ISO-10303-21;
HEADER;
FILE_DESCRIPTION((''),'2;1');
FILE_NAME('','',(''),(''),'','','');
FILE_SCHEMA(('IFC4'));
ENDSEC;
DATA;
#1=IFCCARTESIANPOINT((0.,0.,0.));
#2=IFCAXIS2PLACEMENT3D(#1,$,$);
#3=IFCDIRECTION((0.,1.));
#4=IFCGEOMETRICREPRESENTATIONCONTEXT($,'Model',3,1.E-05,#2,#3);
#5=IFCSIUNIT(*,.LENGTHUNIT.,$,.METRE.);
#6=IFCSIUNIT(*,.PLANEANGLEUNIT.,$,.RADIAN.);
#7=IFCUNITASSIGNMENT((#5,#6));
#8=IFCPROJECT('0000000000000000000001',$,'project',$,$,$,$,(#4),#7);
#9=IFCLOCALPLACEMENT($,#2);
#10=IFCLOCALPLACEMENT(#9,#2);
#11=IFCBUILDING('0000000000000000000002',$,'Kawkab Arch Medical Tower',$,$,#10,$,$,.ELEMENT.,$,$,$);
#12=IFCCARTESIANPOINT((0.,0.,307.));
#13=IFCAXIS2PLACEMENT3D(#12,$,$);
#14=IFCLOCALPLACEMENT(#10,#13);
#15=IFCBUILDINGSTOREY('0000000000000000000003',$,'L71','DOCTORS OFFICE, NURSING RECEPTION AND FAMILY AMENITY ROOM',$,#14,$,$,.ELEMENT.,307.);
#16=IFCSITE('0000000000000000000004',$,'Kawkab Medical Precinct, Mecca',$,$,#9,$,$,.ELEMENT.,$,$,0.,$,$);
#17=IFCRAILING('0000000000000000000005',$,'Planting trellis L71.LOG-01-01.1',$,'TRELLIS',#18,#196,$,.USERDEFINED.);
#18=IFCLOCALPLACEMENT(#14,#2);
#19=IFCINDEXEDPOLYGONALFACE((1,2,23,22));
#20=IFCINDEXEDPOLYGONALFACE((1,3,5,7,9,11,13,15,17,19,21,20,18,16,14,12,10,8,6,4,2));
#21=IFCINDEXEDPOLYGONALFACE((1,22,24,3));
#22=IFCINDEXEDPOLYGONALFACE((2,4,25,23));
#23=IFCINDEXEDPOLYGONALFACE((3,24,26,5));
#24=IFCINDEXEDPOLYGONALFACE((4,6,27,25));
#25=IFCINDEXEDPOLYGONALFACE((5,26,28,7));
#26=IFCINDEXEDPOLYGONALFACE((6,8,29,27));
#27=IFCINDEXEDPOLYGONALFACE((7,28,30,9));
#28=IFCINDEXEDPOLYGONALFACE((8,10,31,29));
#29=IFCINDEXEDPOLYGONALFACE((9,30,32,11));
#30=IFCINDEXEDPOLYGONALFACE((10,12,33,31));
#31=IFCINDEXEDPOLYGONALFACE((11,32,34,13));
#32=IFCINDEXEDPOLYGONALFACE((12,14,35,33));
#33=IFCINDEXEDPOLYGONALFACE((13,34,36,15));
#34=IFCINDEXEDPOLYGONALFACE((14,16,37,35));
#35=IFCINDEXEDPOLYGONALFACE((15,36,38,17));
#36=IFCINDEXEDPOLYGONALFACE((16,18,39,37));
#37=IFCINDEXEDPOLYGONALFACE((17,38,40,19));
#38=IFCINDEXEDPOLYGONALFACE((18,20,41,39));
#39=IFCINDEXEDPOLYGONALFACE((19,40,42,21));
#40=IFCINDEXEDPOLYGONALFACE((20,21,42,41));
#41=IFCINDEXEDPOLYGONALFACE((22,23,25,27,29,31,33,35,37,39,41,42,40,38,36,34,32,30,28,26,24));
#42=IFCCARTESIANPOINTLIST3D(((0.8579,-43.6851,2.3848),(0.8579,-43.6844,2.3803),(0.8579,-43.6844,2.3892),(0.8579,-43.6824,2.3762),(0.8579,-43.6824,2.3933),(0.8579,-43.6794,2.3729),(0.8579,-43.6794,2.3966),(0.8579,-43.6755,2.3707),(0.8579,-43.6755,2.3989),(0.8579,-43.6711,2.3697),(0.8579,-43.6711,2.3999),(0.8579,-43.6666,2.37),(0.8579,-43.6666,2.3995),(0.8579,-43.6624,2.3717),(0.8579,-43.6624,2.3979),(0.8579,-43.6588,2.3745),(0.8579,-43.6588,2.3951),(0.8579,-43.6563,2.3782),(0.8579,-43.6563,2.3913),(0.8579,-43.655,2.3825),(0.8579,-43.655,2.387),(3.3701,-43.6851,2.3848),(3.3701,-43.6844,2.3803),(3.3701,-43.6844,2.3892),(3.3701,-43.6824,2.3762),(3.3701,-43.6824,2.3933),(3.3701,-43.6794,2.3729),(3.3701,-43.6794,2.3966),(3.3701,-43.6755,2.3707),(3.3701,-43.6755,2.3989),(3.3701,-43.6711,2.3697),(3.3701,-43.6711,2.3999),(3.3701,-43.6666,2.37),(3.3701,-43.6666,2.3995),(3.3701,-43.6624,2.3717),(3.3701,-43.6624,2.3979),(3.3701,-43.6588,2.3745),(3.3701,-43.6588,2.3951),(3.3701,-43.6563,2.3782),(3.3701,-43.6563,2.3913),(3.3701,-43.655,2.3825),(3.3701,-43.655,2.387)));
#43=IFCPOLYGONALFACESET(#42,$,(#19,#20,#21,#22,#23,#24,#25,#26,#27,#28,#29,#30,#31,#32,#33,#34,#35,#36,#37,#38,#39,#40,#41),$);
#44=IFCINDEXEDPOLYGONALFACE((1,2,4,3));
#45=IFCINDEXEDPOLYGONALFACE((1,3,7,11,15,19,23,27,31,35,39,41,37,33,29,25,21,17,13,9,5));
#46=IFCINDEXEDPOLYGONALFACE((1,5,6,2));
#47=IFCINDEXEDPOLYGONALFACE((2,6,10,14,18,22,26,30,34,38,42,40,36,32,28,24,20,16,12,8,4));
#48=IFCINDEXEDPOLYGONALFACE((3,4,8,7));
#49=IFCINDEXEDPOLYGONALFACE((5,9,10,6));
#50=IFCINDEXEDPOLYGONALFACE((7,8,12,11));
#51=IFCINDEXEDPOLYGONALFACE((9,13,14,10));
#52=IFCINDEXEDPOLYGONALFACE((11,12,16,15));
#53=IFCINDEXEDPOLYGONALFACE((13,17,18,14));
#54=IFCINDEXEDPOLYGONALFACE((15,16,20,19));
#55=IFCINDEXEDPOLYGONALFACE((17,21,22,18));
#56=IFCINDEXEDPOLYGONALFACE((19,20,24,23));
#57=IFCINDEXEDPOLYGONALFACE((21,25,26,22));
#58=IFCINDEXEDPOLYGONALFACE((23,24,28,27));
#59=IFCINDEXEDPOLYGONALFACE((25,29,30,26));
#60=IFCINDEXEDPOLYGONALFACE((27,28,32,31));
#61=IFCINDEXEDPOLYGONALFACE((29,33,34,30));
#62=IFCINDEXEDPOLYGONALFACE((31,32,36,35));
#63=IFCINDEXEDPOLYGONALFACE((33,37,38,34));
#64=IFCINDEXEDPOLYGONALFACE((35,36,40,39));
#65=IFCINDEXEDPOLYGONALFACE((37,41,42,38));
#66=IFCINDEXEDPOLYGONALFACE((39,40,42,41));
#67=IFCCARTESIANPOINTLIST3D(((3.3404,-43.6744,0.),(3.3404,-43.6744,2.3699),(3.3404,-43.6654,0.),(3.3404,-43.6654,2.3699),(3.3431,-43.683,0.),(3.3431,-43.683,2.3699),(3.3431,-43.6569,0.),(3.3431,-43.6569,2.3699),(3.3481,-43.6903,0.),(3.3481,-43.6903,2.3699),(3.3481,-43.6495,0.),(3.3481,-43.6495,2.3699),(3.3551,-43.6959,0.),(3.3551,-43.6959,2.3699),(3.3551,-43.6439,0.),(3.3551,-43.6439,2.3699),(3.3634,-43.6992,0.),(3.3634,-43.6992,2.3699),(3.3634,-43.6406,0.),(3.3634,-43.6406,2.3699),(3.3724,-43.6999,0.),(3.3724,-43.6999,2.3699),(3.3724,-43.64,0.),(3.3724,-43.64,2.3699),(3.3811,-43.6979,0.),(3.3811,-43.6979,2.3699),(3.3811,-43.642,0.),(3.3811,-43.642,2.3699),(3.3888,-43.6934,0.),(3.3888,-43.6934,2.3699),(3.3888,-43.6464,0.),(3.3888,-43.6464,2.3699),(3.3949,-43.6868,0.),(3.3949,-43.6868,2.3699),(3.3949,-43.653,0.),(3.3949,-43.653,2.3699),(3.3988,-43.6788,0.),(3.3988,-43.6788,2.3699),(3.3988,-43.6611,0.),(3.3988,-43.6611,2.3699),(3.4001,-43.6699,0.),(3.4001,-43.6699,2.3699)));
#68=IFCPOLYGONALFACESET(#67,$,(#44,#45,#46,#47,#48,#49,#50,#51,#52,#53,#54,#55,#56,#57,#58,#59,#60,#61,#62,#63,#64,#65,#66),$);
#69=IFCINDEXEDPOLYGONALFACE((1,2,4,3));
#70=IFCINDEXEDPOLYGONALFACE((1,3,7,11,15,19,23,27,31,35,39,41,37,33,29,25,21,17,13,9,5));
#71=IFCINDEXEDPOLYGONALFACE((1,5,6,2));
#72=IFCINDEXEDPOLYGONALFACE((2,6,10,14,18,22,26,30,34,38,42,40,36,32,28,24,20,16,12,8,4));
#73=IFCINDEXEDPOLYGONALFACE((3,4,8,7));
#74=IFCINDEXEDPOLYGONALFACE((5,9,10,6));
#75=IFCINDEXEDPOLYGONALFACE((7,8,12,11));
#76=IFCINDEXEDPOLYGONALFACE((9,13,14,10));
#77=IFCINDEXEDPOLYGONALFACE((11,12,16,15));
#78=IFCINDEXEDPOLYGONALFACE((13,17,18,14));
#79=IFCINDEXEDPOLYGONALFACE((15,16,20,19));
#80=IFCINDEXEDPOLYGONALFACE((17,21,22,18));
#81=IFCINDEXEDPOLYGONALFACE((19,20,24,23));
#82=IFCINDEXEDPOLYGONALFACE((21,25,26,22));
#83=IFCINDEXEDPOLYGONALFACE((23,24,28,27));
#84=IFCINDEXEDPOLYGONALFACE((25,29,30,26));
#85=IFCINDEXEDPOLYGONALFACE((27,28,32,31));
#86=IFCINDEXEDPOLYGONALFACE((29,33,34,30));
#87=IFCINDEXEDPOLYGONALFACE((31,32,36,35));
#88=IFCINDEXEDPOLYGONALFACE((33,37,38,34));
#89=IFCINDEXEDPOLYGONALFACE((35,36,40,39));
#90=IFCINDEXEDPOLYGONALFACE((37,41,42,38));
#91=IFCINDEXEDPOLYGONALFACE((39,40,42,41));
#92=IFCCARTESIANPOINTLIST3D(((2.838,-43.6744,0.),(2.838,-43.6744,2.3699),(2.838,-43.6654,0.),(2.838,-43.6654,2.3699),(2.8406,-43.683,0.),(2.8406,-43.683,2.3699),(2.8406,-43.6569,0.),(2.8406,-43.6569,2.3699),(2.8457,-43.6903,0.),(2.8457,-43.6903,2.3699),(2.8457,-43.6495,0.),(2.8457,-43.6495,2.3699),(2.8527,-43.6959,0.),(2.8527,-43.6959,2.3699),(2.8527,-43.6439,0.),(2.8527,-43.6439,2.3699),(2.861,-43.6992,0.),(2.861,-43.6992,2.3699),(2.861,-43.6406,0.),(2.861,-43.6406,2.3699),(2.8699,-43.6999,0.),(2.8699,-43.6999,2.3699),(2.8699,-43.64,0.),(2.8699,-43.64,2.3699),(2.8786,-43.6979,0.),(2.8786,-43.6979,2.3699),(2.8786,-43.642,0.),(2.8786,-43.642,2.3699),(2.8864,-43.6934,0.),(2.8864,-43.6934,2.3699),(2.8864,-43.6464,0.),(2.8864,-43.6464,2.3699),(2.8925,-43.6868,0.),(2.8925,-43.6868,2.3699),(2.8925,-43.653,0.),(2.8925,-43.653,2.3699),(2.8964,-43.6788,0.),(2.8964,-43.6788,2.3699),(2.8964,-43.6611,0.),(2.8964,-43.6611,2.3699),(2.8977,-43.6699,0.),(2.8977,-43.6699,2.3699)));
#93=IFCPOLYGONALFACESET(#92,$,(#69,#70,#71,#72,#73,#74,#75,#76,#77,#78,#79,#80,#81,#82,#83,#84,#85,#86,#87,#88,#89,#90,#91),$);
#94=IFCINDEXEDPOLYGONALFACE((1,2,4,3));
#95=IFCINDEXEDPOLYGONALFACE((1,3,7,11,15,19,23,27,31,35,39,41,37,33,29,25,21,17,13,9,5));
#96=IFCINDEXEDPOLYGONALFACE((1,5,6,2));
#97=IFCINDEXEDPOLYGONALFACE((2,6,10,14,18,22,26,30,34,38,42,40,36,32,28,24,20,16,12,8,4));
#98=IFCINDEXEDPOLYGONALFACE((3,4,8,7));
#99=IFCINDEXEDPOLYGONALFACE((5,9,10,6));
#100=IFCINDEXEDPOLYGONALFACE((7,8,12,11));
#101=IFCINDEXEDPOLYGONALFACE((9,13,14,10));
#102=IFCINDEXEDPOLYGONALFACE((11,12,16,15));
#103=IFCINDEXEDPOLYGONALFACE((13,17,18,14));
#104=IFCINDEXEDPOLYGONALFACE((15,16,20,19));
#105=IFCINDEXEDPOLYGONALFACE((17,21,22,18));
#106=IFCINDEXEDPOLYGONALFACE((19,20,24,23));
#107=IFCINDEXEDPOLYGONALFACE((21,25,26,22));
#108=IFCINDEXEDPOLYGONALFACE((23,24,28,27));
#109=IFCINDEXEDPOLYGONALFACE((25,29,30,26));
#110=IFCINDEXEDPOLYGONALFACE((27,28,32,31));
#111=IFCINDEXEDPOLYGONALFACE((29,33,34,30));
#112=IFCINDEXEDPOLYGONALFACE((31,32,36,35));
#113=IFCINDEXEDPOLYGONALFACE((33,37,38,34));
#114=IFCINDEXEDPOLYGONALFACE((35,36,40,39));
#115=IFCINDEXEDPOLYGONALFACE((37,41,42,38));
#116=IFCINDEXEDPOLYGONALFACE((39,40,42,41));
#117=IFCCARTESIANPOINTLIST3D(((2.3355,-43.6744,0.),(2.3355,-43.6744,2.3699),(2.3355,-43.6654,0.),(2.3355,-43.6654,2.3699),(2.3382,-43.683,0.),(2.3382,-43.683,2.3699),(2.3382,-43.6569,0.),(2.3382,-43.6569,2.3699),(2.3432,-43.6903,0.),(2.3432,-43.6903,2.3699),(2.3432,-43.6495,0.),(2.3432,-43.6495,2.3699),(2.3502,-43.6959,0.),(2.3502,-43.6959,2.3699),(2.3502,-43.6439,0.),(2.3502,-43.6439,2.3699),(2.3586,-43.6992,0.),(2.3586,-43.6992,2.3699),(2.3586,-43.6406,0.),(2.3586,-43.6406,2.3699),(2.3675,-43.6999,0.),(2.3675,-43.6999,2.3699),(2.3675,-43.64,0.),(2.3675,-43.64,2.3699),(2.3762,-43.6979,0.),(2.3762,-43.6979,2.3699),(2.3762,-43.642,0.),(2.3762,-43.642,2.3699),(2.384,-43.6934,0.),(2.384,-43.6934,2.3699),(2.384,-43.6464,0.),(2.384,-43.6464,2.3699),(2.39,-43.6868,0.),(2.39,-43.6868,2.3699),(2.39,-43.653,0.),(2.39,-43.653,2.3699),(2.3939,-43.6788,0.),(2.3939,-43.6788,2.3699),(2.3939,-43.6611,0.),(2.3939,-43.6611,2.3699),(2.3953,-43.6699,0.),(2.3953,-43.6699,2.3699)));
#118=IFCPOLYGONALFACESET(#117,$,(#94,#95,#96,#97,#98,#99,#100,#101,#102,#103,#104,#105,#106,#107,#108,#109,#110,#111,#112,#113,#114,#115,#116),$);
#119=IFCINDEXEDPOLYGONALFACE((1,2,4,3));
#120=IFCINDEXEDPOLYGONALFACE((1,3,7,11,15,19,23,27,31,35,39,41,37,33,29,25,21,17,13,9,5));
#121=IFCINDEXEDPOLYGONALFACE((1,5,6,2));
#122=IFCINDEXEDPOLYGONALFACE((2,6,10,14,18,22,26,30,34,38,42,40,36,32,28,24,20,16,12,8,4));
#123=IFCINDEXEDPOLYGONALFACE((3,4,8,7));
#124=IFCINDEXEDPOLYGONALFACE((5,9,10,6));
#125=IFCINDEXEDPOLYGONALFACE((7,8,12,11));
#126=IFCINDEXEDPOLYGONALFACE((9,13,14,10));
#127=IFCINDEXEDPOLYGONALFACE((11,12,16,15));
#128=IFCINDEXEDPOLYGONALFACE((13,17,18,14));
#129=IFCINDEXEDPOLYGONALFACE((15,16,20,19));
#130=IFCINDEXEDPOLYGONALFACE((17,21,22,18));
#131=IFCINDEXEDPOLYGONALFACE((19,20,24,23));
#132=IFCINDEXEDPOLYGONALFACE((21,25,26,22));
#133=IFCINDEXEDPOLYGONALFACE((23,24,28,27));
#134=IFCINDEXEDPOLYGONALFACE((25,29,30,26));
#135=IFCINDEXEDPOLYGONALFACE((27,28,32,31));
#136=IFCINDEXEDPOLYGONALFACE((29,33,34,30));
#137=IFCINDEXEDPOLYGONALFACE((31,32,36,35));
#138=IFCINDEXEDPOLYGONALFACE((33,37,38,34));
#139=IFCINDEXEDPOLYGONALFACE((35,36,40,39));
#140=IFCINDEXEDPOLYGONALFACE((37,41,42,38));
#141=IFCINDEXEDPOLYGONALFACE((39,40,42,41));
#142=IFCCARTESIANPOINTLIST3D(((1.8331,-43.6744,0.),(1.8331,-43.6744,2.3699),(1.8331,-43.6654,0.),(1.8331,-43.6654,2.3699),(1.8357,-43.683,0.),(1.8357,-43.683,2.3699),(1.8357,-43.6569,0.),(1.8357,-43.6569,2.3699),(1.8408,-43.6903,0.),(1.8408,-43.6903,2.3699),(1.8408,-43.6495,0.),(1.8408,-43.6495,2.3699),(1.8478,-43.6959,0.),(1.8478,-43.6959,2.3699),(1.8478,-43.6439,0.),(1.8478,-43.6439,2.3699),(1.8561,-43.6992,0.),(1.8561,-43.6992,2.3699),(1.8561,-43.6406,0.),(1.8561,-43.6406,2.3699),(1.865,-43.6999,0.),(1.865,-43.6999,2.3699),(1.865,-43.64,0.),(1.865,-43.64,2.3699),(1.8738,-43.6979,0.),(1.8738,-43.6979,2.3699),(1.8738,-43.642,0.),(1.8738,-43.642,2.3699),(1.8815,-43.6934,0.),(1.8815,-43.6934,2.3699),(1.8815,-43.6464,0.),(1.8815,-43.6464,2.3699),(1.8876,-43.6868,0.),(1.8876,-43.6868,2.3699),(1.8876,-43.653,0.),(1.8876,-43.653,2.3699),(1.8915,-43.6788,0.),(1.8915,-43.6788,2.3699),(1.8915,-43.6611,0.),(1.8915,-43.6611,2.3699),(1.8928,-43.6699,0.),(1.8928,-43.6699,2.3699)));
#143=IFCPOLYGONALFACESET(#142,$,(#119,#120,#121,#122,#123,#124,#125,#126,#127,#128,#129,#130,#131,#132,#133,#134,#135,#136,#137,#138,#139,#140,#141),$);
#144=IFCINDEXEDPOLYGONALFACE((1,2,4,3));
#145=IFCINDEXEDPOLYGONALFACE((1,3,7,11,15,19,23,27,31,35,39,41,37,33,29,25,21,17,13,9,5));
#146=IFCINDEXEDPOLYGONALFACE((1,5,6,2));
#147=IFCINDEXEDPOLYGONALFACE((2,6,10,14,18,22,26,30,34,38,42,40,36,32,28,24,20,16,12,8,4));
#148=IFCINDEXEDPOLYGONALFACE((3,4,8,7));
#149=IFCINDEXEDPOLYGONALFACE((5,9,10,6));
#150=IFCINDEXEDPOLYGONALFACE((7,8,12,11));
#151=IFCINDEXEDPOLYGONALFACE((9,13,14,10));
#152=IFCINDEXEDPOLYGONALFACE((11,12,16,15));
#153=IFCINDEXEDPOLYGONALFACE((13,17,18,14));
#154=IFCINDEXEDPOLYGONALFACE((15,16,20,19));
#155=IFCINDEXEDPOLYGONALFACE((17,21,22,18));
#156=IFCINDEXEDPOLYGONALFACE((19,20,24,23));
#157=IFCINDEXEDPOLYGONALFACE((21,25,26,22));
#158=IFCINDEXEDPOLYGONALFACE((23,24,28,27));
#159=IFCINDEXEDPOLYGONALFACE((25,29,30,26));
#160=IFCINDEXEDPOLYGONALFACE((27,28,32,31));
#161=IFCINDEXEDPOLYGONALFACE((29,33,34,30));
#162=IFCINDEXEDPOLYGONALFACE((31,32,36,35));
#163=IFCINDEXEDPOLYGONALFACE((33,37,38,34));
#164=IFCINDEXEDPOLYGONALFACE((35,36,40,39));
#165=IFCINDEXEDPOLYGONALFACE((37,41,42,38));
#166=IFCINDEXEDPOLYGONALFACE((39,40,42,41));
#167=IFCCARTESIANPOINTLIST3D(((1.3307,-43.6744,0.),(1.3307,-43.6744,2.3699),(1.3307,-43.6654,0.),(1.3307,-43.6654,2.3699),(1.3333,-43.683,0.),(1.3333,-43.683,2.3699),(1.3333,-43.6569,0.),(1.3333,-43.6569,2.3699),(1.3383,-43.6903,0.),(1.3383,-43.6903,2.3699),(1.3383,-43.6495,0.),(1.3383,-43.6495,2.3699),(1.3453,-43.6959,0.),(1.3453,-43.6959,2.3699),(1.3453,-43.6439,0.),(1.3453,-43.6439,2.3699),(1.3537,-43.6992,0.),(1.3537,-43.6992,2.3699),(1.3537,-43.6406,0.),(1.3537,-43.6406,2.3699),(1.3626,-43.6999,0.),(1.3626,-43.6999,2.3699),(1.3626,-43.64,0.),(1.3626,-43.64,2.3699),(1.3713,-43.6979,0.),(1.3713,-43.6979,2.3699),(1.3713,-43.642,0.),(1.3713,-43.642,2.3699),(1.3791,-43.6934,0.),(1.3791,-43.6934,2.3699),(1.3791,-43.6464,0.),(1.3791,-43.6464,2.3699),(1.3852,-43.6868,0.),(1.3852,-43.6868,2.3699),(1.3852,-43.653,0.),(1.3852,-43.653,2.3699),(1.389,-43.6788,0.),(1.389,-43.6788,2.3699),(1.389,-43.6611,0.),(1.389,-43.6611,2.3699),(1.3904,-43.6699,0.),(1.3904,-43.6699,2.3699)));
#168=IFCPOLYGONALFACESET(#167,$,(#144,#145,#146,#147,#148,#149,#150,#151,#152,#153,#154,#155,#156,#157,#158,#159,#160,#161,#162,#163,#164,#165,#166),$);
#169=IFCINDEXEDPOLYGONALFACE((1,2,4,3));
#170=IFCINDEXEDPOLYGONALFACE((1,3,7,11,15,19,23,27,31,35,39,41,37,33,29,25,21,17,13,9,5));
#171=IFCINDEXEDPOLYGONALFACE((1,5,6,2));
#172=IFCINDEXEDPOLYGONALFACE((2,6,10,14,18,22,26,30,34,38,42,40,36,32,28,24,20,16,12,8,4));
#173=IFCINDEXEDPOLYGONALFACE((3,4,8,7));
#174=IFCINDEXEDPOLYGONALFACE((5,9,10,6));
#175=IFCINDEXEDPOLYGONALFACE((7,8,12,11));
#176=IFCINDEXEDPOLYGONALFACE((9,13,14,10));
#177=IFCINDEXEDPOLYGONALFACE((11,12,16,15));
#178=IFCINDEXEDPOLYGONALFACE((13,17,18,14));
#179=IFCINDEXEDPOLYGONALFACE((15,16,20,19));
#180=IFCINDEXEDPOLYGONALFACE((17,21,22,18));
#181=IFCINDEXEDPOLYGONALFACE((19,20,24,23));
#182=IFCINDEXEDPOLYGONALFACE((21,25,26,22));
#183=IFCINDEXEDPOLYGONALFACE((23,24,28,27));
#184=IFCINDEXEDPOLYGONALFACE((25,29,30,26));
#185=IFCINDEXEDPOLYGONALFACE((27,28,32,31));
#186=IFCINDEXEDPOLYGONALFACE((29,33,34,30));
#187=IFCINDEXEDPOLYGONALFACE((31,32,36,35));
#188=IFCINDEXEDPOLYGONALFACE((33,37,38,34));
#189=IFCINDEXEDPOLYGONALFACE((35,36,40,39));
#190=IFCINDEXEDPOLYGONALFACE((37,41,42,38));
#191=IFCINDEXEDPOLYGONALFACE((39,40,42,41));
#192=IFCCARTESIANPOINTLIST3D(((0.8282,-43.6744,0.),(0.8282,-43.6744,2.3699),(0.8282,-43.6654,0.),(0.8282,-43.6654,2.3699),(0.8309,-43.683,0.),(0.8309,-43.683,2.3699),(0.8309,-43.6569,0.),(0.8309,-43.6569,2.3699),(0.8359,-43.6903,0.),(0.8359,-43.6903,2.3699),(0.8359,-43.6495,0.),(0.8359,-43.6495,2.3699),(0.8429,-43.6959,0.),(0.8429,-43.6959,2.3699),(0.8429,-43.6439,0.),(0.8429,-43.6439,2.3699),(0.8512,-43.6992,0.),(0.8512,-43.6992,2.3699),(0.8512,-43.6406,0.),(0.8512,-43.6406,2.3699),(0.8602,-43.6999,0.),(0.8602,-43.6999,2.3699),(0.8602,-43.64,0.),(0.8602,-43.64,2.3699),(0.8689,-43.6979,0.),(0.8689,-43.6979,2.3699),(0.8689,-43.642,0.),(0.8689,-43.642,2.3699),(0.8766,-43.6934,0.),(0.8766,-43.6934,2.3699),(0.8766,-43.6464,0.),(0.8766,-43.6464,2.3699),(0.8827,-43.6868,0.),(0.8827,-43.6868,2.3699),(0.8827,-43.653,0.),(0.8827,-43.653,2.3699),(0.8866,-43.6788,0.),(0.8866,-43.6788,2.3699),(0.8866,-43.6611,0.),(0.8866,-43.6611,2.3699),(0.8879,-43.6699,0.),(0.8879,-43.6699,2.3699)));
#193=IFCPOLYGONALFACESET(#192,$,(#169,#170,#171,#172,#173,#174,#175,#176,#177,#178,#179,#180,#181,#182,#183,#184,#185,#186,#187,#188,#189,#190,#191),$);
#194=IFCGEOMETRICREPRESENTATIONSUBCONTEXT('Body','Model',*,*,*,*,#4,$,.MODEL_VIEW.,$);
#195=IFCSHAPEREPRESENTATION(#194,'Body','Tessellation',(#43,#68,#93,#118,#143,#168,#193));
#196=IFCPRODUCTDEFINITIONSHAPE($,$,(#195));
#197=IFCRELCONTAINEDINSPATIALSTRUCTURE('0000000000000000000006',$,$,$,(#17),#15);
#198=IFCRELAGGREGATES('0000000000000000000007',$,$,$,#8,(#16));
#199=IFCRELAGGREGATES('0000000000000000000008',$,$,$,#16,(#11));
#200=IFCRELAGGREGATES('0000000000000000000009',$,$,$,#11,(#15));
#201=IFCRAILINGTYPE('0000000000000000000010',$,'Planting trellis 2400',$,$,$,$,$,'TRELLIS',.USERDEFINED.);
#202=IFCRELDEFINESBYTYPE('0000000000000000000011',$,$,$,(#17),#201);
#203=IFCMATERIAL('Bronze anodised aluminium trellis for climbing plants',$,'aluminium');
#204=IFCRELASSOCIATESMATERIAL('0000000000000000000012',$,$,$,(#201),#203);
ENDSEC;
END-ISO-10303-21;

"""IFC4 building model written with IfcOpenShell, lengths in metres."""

from ifc_helpers import new_model, si_unit, direction, frame, origin, origin_2d, place, context, subcontext, project, spatial, circle, extrude, material, type_object, element, save


model = new_model("IFC4")

# Units and contexts
model_context = context("Model", 3, precision=1e-05, world=origin(), true_north=direction((0.0, 1.0)))
body_context = subcontext(model_context, "Body", "Model", "MODEL_VIEW")
ifc_project = project(units=[si_unit("LENGTHUNIT", "METRE"), si_unit("PLANEANGLEUNIT", "RADIAN")], contexts=[model_context])

# Site, building, storey
site_placement = place(None, origin())
site = spatial("IfcSite", under=ifc_project, at=site_placement, Name="Kawkab Medical Precinct, Mecca", CompositionType="ELEMENT", RefElevation=0.0)
building_placement = place(site_placement, origin())
building = spatial("IfcBuilding", under=site, at=building_placement, Name="Kawkab Arch Medical Tower", CompositionType="ELEMENT")
storey_placement = place(building_placement, frame((0.0, 0.0, 307.0)))
storey = spatial("IfcBuildingStorey", under=building, at=storey_placement, Name="L71", Description="DOCTORS OFFICE, NURSING RECEPTION AND FAMILY AMENITY ROOM", CompositionType="ELEMENT", Elevation=307.0)

# Railing
ifc_material_1 = material(Name="Bronze anodised aluminium trellis for climbing plants", Category="aluminium")
railing_type_1 = type_object("IfcRailingType", Name="Planting trellis 2400", ElementType="TRELLIS", PredefinedType="USERDEFINED", material=ifc_material_1)
railing_1_placement = place(storey_placement, frame((3.3701, -43.6699, 0.0)))
element("IfcRailing", 1, at=railing_1_placement, inside=storey, type_object=railing_type_1, Name="Planting trellis L71.LOG-01-01.1", ObjectType="TRELLIS", PredefinedType="USERDEFINED", context=body_context, shape_type="SweptSolid", body=[
    extrude(circle(Radius=0.0151, at=origin_2d()), frame((0.0, 0.0, 2.3848), z_axis=(-1.0, 0.0, 0.0), x_axis=(0.0, -1.0, 0.0)), (0.0, 0.0, 1.0), 2.5122),
    extrude(circle(Radius=0.03, at=origin_2d()), origin(), (0.0, 0.0, 1.0), 2.3699),
    extrude(circle(Radius=0.03, at=origin_2d()), frame((-0.5024, 0.0, 0.0)), (0.0, 0.0, 1.0), 2.3699),
    extrude(circle(Radius=0.03, at=origin_2d()), frame((-1.0049, 0.0, 0.0)), (0.0, 0.0, 1.0), 2.3699),
    extrude(circle(Radius=0.03, at=origin_2d()), frame((-1.5073, 0.0, 0.0)), (0.0, 0.0, 1.0), 2.3699),
    extrude(circle(Radius=0.03, at=origin_2d()), frame((-2.0098, 0.0, 0.0)), (0.0, 0.0, 1.0), 2.3699),
    extrude(circle(Radius=0.03, at=origin_2d()), frame((-2.5122, 0.0, 0.0)), (0.0, 0.0, 1.0), 2.3699),
])

save(model, "model.ifc")
